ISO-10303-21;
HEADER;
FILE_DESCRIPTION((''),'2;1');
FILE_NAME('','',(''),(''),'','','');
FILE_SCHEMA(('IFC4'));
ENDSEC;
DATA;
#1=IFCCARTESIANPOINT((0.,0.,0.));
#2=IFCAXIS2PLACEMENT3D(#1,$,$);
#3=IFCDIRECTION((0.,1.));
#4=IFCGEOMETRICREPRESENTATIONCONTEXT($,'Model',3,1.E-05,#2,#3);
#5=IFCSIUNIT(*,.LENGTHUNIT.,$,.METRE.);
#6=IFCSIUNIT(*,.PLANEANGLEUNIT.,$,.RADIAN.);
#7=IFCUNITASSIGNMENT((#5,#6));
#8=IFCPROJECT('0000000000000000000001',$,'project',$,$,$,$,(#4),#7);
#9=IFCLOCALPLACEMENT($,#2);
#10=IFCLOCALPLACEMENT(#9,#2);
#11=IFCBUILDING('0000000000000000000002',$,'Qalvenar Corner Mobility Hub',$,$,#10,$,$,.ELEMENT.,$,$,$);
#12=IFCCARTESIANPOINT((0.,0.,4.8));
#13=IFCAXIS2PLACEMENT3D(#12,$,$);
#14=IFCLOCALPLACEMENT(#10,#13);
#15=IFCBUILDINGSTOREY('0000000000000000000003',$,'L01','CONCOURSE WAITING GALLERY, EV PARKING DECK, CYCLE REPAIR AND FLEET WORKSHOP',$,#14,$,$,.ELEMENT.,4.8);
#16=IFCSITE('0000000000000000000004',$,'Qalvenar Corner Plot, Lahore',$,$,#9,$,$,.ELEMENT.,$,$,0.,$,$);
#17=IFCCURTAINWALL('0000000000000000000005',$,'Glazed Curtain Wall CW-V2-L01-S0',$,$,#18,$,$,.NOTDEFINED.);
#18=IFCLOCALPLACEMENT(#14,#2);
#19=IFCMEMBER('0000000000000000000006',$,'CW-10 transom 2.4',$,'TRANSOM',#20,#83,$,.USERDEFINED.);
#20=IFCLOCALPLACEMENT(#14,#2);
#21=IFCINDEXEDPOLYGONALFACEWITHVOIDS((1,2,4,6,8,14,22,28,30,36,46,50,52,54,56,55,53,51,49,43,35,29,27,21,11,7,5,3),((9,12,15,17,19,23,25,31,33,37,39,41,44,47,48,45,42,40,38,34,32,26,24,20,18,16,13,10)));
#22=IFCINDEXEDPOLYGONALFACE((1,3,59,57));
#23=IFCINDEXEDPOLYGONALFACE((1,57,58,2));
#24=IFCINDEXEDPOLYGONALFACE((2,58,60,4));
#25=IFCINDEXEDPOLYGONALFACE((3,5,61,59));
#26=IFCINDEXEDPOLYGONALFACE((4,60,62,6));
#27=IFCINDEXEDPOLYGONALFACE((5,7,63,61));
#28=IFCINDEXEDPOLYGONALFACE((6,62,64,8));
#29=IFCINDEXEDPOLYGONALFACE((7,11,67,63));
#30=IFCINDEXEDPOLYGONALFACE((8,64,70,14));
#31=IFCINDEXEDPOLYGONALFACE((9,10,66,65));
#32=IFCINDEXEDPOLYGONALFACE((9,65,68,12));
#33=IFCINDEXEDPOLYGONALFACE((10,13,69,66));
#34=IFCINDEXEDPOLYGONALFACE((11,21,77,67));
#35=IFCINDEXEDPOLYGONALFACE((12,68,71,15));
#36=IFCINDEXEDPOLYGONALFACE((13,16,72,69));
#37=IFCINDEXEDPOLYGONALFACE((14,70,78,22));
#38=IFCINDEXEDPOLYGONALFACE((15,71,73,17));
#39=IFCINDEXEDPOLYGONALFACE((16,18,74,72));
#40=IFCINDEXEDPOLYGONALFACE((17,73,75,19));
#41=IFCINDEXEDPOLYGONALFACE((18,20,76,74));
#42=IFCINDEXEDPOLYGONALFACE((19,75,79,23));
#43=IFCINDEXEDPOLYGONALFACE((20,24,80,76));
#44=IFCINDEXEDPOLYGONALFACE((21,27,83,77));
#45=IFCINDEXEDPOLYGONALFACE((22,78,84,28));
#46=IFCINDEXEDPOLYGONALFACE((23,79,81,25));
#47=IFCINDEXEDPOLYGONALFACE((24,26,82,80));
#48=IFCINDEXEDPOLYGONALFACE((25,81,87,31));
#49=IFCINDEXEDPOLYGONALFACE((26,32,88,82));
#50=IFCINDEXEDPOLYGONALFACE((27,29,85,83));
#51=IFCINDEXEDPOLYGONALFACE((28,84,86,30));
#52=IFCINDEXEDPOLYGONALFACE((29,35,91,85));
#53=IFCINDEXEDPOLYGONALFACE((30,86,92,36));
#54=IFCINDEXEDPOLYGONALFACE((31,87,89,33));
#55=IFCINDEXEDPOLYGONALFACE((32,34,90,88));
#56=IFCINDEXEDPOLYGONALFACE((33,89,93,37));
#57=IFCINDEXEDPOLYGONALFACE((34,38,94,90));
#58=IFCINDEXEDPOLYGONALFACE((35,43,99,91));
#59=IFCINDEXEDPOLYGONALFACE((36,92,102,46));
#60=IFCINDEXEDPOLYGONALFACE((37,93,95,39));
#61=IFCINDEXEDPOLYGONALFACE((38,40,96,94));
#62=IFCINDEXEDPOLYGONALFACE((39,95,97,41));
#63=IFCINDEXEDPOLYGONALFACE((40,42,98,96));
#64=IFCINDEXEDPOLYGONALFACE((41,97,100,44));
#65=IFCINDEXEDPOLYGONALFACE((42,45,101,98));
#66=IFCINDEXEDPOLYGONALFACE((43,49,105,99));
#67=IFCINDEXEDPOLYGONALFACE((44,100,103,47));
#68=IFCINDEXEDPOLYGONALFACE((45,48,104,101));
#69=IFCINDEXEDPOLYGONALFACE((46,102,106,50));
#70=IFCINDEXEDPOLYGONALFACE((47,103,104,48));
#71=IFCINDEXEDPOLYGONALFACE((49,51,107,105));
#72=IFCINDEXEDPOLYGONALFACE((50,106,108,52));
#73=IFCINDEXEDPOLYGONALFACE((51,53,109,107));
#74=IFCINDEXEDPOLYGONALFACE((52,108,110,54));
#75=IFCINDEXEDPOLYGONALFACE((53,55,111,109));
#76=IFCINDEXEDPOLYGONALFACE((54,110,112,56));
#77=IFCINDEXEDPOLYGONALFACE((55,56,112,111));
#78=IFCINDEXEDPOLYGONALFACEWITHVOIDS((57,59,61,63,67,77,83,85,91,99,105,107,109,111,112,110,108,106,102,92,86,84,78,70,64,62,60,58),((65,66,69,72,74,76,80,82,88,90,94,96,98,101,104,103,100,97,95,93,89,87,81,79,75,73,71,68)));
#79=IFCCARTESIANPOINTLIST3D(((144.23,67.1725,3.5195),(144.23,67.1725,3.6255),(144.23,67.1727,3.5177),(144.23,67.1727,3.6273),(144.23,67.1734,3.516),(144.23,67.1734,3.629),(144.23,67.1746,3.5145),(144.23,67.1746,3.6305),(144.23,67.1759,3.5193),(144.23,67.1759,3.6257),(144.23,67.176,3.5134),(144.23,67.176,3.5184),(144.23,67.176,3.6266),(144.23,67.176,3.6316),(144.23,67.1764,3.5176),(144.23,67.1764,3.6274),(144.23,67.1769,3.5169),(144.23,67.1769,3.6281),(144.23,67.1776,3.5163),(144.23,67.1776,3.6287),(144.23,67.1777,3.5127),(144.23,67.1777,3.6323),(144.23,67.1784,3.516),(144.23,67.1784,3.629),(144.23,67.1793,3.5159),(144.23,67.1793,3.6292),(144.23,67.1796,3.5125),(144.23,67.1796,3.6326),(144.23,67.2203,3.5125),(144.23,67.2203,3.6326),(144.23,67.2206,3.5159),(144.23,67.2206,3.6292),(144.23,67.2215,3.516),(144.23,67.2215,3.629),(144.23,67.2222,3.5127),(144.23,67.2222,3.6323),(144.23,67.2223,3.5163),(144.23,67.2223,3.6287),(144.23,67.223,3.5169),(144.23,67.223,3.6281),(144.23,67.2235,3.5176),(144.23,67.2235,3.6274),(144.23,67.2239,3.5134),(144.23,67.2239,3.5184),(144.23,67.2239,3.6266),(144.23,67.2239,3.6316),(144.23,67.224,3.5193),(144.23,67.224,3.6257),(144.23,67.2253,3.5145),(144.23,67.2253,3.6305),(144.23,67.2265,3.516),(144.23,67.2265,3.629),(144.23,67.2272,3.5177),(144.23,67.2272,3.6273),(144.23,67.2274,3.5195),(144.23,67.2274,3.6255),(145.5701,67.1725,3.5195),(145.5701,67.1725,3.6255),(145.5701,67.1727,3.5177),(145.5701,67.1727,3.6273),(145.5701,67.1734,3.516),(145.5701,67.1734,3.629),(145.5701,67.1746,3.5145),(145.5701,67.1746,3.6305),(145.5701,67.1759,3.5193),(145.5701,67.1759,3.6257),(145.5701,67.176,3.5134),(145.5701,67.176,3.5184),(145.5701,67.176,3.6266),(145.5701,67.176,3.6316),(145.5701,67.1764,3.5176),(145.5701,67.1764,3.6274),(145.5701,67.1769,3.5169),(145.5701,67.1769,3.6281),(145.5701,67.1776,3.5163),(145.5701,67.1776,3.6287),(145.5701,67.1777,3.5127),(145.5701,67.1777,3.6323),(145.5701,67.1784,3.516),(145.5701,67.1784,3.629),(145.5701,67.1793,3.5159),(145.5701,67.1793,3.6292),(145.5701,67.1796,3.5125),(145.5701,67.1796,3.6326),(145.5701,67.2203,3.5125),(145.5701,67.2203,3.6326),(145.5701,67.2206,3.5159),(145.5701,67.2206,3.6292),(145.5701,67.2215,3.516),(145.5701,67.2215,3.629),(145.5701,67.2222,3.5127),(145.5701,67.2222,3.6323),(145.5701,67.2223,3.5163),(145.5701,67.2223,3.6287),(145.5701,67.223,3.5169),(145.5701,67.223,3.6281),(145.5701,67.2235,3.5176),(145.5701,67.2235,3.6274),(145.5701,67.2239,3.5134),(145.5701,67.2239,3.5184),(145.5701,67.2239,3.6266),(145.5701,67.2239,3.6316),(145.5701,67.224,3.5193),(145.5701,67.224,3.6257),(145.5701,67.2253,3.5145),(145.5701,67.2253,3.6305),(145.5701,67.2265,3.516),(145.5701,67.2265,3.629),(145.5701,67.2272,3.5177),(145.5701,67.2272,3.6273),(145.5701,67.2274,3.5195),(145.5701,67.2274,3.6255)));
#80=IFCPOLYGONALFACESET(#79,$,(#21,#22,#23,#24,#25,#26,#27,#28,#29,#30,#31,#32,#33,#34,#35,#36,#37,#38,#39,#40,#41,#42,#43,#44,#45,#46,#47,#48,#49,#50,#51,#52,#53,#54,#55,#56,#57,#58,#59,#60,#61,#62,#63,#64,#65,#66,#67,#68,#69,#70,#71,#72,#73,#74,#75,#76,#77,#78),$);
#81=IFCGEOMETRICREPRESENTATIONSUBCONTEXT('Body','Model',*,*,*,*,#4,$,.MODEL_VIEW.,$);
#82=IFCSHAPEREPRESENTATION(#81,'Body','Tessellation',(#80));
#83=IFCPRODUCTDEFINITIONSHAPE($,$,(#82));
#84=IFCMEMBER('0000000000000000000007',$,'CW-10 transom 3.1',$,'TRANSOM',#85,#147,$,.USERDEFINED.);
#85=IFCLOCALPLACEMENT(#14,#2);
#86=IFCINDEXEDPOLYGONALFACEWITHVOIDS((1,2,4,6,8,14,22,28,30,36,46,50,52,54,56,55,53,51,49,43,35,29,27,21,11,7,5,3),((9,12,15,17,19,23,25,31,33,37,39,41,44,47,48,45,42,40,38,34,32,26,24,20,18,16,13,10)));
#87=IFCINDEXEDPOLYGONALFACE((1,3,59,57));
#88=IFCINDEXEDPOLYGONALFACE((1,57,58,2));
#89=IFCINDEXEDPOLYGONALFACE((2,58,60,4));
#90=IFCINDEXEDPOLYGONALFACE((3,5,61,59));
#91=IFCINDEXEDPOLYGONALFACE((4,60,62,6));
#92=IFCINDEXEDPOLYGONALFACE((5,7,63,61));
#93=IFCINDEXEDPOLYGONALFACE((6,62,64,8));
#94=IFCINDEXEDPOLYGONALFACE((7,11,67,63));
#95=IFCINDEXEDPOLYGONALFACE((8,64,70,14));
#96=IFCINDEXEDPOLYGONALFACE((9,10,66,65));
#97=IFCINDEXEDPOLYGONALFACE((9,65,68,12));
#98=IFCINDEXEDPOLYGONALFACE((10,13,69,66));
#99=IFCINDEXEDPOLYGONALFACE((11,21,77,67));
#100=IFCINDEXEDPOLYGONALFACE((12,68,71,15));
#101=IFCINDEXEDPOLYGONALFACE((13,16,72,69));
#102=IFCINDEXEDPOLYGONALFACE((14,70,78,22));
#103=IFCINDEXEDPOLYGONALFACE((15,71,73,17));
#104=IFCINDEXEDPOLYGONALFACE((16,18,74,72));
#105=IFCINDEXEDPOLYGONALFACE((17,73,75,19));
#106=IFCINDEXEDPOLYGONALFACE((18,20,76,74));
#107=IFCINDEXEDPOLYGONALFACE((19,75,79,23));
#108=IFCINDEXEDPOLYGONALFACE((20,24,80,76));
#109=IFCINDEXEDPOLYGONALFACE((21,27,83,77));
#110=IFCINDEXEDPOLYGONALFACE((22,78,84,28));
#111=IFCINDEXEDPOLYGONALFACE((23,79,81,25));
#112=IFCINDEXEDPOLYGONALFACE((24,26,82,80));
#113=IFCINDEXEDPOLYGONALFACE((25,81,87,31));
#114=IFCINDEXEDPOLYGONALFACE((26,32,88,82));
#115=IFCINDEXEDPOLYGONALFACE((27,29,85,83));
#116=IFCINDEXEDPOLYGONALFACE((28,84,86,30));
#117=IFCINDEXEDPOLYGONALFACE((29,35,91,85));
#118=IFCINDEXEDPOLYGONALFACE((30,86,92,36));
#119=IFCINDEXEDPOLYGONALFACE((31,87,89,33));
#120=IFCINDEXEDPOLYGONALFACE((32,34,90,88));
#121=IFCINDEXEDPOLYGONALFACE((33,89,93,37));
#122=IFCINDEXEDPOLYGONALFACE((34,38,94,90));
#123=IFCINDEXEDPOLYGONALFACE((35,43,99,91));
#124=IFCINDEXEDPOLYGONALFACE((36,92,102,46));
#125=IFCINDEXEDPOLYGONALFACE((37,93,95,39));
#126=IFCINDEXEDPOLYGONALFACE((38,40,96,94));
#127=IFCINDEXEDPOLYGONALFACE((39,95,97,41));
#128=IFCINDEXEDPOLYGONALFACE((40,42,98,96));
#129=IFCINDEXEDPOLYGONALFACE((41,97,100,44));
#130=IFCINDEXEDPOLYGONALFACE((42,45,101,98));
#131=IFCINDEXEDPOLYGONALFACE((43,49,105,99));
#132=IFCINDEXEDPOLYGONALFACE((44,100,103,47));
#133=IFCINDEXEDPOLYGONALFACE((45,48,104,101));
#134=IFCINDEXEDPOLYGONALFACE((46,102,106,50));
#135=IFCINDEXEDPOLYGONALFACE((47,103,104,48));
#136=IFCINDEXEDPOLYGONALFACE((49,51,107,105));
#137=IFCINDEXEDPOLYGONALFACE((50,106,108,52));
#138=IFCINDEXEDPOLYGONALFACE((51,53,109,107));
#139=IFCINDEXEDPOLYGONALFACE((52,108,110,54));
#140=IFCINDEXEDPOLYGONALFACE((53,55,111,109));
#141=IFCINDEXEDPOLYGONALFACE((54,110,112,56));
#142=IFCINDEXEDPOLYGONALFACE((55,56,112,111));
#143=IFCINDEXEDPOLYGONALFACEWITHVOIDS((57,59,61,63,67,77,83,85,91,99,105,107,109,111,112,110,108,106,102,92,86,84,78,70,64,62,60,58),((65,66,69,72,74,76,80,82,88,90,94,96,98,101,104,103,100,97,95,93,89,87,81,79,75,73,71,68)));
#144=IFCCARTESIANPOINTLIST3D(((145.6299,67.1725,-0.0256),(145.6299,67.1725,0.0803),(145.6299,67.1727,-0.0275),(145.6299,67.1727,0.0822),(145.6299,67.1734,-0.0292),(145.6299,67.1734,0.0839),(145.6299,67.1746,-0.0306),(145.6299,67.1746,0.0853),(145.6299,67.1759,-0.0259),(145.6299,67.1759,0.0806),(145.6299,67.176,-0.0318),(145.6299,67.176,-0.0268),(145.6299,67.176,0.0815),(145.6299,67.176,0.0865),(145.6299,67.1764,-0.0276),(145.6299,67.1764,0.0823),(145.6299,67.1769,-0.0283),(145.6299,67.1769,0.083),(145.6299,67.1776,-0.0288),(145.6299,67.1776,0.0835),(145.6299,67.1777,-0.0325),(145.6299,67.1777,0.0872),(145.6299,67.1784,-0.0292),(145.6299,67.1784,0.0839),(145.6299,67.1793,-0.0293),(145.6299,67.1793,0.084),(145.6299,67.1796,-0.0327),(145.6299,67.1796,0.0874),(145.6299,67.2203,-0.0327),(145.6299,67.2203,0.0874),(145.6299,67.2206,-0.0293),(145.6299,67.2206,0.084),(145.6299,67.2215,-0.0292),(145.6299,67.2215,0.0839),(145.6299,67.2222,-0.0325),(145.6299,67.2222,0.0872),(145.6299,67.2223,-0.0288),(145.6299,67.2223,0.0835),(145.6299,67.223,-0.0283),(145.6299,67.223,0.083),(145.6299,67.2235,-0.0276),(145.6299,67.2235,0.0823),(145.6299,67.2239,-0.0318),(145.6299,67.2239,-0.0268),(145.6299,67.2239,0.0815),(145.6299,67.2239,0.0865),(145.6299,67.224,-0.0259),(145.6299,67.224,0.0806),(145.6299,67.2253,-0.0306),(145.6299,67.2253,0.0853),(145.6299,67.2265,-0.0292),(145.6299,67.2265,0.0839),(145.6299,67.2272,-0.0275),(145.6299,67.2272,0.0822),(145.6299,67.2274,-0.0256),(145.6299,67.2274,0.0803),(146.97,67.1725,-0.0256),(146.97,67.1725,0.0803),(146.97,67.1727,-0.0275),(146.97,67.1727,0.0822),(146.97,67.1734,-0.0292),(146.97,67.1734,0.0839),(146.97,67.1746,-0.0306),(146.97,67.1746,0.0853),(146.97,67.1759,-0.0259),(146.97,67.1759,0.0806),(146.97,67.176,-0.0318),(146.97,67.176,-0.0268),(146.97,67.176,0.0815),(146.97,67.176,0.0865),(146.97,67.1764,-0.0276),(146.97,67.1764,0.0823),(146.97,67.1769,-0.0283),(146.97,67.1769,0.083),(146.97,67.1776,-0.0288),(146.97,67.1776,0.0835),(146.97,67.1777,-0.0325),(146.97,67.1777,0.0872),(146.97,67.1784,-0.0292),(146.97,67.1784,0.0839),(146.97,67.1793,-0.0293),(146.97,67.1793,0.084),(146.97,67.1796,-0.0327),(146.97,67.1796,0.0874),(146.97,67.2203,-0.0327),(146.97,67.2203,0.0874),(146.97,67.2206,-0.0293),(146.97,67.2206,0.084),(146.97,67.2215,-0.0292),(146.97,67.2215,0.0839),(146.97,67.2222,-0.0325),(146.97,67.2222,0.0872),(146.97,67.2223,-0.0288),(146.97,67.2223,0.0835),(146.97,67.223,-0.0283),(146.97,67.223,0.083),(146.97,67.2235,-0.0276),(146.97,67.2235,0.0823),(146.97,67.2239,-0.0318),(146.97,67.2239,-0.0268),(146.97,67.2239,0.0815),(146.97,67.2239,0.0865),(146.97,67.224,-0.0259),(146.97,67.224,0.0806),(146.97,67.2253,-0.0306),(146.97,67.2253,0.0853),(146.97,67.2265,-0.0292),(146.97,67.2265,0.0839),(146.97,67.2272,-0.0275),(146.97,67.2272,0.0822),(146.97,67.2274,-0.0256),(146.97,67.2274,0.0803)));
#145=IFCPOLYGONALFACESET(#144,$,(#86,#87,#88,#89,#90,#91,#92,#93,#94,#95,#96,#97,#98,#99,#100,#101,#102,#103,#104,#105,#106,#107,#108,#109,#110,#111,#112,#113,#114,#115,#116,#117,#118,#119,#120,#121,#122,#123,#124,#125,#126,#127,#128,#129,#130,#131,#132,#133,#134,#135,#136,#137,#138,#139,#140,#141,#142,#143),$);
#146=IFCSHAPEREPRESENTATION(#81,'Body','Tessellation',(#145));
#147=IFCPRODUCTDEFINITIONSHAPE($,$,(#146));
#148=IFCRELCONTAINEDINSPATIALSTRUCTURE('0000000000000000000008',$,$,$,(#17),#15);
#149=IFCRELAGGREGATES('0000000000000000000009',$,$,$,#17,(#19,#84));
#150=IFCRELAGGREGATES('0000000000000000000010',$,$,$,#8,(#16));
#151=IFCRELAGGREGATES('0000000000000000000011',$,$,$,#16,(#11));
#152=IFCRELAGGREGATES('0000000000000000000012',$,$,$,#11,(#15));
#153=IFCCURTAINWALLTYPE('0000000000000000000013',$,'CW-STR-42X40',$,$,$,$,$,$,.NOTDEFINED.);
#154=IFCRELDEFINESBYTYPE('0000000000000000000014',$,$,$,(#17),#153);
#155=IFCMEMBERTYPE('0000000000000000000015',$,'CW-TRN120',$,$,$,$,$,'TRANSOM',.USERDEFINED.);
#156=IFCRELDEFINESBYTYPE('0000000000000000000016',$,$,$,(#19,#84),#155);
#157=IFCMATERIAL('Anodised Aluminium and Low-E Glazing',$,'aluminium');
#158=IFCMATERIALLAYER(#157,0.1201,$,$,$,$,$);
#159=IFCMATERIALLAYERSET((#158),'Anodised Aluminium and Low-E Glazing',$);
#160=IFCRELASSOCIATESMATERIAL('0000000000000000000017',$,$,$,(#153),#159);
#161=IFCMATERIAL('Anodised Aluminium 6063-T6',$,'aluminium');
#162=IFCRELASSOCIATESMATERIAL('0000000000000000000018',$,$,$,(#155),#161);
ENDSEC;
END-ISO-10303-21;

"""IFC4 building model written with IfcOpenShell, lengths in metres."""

from ifc_helpers import new_model, si_unit, direction, frame, origin, origin_2d, place, context, subcontext, project, spatial, hollow_rectangle, extrude, material, layer, layer_set, material_profile, profile_set, type_object, element, aggregate, save


model = new_model("IFC4")

# Units and contexts
model_context = context("Model", 3, precision=1e-05, world=origin(), true_north=direction((0.0, 1.0)))
body_context = subcontext(model_context, "Body", "Model", "MODEL_VIEW")
ifc_project = project(units=[si_unit("LENGTHUNIT", "METRE"), si_unit("PLANEANGLEUNIT", "RADIAN")], contexts=[model_context])

# Site, building, storey
site_placement = place(None, origin())
site = spatial("IfcSite", under=ifc_project, at=site_placement, Name="Qalvenar Corner Plot, Lahore", CompositionType="ELEMENT", RefElevation=0.0)
building_placement = place(site_placement, origin())
building = spatial("IfcBuilding", under=site, at=building_placement, Name="Qalvenar Corner Mobility Hub", CompositionType="ELEMENT")
storey_placement = place(building_placement, frame((0.0, 0.0, 4.8)))
storey = spatial("IfcBuildingStorey", under=building, at=storey_placement, Name="L01", Description="CONCOURSE WAITING GALLERY, EV PARKING DECK, CYCLE REPAIR AND FLEET WORKSHOP", CompositionType="ELEMENT", Elevation=4.8)

# Curtain wall, members
ifc_material_1 = material(Name="Anodised Aluminium and Low-E Glazing", Category="aluminium")
ifc_layer_1 = layer(ifc_material_1, 0.1201)
ifc_layer_set_1 = layer_set([ifc_layer_1], Name="Anodised Aluminium and Low-E Glazing")
curtain_wall_type = type_object("IfcCurtainWallType", Name="CW-STR-42X40", PredefinedType="NOTDEFINED", material=ifc_layer_set_1)
curtain_wall_placement = place(storey_placement, origin())
curtain_wall = element("IfcCurtainWall", 1, at=curtain_wall_placement, inside=storey, type_object=curtain_wall_type, Name="Glazed Curtain Wall CW-V2-L01-S0", PredefinedType="NOTDEFINED")
ifc_material_2 = material(Name="Anodised Aluminium 6063-T6", Category="aluminium")
ifc_material_profile_1 = material_profile(ifc_material_2, hollow_rectangle(XDim=0.0549, YDim=0.1201, WallThickness=0.0034, InnerFilletRadius=0.0034, OuterFilletRadius=0.0071, at=origin_2d()), Name="RHS120x55x3.5")
ifc_profile_set_1 = profile_set([ifc_material_profile_1], Name="Anodised Aluminium 6063-T6")
member_type_1 = type_object("IfcMemberType", Name="CW-TRN120", ElementType="TRANSOM", PredefinedType="USERDEFINED", material=ifc_profile_set_1)
member_1_placement = place(storey_placement, frame((144.23, 67.2, 3.5725), z_axis=(1.0, 0.0, 0.0), x_axis=(0.0, 1.0, 0.0)))
member_1 = element("IfcMember", 2, at=member_1_placement, type_object=member_type_1, Name="CW-10 transom 2.4", ObjectType="TRANSOM", PredefinedType="USERDEFINED", context=body_context, shape_type="SweptSolid", body=[
    extrude(hollow_rectangle(XDim=0.0549, YDim=0.1201, WallThickness=0.0034, InnerFilletRadius=0.0034, OuterFilletRadius=0.0071, at=origin_2d()), origin(), (0.0, 0.0, 1.0), 1.3401),
])
member_2_placement = place(storey_placement, frame((145.6299, 67.2, 0.0273), z_axis=(1.0, 0.0, 0.0), x_axis=(0.0, 1.0, 0.0)))
member_2 = element("IfcMember", 3, at=member_2_placement, type_object=member_type_1, Name="CW-10 transom 3.1", ObjectType="TRANSOM", PredefinedType="USERDEFINED", context=body_context, shape_type="SweptSolid", body=[
    extrude(hollow_rectangle(XDim=0.0549, YDim=0.1201, WallThickness=0.0034, InnerFilletRadius=0.0034, OuterFilletRadius=0.0071, at=origin_2d()), origin(), (0.0, 0.0, 1.0), 1.3401),
])
aggregate(curtain_wall, [member_1, member_2])

save(model, "model.ifc")
